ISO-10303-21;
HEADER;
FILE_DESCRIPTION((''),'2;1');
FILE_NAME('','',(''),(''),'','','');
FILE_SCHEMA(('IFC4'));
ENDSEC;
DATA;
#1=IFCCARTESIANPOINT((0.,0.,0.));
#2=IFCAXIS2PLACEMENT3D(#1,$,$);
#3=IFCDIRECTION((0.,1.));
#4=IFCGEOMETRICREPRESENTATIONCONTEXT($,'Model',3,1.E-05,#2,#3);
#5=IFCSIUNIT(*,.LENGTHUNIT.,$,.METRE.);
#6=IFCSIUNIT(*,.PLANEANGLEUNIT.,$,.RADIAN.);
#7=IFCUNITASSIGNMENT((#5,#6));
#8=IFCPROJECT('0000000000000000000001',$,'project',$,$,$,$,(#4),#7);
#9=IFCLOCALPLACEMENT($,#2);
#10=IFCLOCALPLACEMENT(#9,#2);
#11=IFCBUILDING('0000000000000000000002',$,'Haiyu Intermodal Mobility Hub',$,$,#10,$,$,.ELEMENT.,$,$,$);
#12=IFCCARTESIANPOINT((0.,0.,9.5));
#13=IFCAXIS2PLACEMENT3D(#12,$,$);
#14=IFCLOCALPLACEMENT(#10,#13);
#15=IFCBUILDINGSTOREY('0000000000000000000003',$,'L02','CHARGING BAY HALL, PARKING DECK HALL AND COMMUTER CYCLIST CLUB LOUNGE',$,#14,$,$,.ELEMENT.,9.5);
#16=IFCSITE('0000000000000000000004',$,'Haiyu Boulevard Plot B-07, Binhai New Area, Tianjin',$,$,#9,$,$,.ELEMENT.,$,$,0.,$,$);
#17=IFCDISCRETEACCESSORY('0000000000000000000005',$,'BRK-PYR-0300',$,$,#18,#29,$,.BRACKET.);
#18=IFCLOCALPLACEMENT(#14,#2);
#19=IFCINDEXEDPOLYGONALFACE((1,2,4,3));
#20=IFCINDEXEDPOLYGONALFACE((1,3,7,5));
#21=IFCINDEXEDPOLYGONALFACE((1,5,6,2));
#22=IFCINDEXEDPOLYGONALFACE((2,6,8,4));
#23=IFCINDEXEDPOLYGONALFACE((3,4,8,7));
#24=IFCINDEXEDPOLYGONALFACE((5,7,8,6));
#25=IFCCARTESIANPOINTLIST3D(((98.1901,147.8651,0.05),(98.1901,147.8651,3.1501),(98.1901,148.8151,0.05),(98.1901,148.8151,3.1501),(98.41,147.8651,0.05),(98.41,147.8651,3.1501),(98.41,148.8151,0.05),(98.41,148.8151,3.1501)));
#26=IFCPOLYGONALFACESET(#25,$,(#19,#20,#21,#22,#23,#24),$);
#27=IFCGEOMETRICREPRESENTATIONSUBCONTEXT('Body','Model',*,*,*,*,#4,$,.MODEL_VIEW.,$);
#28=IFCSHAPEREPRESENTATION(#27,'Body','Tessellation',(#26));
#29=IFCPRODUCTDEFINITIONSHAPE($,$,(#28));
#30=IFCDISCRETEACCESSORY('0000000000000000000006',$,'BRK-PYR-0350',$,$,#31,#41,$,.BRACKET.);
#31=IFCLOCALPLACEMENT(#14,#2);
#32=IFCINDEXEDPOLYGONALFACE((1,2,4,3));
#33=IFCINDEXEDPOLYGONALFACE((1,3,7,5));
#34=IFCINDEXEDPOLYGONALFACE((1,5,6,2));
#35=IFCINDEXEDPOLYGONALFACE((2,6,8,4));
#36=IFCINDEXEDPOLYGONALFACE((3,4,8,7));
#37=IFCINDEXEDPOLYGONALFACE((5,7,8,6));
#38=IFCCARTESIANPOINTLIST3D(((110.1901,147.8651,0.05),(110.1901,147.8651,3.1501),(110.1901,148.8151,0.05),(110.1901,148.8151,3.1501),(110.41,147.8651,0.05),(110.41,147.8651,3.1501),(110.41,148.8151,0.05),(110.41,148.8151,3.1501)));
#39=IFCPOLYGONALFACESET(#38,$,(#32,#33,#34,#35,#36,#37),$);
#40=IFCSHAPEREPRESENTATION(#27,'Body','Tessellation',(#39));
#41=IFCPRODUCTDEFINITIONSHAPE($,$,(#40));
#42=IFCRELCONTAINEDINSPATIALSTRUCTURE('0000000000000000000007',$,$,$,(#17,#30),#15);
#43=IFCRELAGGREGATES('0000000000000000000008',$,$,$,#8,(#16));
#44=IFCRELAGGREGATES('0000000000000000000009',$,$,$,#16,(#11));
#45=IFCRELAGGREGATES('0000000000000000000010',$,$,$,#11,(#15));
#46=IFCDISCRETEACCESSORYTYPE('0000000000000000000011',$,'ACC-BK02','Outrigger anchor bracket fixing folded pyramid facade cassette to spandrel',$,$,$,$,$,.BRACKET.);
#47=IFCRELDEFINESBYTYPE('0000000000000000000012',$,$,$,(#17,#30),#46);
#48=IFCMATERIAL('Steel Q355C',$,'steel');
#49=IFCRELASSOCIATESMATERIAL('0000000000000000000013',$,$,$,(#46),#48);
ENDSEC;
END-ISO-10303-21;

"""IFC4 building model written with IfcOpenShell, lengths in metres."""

from ifc_helpers import new_model, si_unit, direction, frame, origin, origin_2d, place, context, subcontext, project, spatial, rectangle, extrude, material, type_object, element, save


model = new_model("IFC4")

# Units and contexts
model_context = context("Model", 3, precision=1e-05, world=origin(), true_north=direction((0.0, 1.0)))
body_context = subcontext(model_context, "Body", "Model", "MODEL_VIEW")
ifc_project = project(units=[si_unit("LENGTHUNIT", "METRE"), si_unit("PLANEANGLEUNIT", "RADIAN")], contexts=[model_context])

# Site, building, storey
site_placement = place(None, origin())
site = spatial("IfcSite", under=ifc_project, at=site_placement, Name="Haiyu Boulevard Plot B-07, Binhai New Area, Tianjin", CompositionType="ELEMENT", RefElevation=0.0)
building_placement = place(site_placement, origin())
building = spatial("IfcBuilding", under=site, at=building_placement, Name="Haiyu Intermodal Mobility Hub", CompositionType="ELEMENT")
storey_placement = place(building_placement, frame((0.0, 0.0, 9.5)))
storey = spatial("IfcBuildingStorey", under=building, at=storey_placement, Name="L02", Description="CHARGING BAY HALL, PARKING DECK HALL AND COMMUTER CYCLIST CLUB LOUNGE", CompositionType="ELEMENT", Elevation=9.5)

# Shared definitions
ifc_material_1 = material(Name="Steel Q355C", Category="steel")

# Discrete accessories
discrete_accessory_type_1 = type_object("IfcDiscreteAccessoryType", Name="ACC-BK02", Description="Outrigger anchor bracket fixing folded pyramid facade cassette to spandrel", PredefinedType="BRACKET", material=ifc_material_1)
for number, where, z_axis, x_axis, name in (
    (1, (98.3, 148.3401, 0.05), (0.0, 0.0, 1.0), (1.0, 0.0, 0.0), "BRK-PYR-0300"),
    (2, (110.3, 148.3401, 0.05), (0.0, 0.0, 1.0), (1.0, 0.0, 0.0), "BRK-PYR-0350"),
):
    element("IfcDiscreteAccessory", number, at=place(storey_placement, frame(where, z_axis=z_axis, x_axis=x_axis)), inside=storey, type_object=discrete_accessory_type_1, Name=name, PredefinedType="BRACKET", context=body_context, shape_type="SweptSolid", body=[
        extrude(rectangle(XDim=0.22, YDim=0.95, at=origin_2d()), origin(), (0.0, 0.0, 1.0), 3.1001),
    ])

save(model, "model.ifc")
